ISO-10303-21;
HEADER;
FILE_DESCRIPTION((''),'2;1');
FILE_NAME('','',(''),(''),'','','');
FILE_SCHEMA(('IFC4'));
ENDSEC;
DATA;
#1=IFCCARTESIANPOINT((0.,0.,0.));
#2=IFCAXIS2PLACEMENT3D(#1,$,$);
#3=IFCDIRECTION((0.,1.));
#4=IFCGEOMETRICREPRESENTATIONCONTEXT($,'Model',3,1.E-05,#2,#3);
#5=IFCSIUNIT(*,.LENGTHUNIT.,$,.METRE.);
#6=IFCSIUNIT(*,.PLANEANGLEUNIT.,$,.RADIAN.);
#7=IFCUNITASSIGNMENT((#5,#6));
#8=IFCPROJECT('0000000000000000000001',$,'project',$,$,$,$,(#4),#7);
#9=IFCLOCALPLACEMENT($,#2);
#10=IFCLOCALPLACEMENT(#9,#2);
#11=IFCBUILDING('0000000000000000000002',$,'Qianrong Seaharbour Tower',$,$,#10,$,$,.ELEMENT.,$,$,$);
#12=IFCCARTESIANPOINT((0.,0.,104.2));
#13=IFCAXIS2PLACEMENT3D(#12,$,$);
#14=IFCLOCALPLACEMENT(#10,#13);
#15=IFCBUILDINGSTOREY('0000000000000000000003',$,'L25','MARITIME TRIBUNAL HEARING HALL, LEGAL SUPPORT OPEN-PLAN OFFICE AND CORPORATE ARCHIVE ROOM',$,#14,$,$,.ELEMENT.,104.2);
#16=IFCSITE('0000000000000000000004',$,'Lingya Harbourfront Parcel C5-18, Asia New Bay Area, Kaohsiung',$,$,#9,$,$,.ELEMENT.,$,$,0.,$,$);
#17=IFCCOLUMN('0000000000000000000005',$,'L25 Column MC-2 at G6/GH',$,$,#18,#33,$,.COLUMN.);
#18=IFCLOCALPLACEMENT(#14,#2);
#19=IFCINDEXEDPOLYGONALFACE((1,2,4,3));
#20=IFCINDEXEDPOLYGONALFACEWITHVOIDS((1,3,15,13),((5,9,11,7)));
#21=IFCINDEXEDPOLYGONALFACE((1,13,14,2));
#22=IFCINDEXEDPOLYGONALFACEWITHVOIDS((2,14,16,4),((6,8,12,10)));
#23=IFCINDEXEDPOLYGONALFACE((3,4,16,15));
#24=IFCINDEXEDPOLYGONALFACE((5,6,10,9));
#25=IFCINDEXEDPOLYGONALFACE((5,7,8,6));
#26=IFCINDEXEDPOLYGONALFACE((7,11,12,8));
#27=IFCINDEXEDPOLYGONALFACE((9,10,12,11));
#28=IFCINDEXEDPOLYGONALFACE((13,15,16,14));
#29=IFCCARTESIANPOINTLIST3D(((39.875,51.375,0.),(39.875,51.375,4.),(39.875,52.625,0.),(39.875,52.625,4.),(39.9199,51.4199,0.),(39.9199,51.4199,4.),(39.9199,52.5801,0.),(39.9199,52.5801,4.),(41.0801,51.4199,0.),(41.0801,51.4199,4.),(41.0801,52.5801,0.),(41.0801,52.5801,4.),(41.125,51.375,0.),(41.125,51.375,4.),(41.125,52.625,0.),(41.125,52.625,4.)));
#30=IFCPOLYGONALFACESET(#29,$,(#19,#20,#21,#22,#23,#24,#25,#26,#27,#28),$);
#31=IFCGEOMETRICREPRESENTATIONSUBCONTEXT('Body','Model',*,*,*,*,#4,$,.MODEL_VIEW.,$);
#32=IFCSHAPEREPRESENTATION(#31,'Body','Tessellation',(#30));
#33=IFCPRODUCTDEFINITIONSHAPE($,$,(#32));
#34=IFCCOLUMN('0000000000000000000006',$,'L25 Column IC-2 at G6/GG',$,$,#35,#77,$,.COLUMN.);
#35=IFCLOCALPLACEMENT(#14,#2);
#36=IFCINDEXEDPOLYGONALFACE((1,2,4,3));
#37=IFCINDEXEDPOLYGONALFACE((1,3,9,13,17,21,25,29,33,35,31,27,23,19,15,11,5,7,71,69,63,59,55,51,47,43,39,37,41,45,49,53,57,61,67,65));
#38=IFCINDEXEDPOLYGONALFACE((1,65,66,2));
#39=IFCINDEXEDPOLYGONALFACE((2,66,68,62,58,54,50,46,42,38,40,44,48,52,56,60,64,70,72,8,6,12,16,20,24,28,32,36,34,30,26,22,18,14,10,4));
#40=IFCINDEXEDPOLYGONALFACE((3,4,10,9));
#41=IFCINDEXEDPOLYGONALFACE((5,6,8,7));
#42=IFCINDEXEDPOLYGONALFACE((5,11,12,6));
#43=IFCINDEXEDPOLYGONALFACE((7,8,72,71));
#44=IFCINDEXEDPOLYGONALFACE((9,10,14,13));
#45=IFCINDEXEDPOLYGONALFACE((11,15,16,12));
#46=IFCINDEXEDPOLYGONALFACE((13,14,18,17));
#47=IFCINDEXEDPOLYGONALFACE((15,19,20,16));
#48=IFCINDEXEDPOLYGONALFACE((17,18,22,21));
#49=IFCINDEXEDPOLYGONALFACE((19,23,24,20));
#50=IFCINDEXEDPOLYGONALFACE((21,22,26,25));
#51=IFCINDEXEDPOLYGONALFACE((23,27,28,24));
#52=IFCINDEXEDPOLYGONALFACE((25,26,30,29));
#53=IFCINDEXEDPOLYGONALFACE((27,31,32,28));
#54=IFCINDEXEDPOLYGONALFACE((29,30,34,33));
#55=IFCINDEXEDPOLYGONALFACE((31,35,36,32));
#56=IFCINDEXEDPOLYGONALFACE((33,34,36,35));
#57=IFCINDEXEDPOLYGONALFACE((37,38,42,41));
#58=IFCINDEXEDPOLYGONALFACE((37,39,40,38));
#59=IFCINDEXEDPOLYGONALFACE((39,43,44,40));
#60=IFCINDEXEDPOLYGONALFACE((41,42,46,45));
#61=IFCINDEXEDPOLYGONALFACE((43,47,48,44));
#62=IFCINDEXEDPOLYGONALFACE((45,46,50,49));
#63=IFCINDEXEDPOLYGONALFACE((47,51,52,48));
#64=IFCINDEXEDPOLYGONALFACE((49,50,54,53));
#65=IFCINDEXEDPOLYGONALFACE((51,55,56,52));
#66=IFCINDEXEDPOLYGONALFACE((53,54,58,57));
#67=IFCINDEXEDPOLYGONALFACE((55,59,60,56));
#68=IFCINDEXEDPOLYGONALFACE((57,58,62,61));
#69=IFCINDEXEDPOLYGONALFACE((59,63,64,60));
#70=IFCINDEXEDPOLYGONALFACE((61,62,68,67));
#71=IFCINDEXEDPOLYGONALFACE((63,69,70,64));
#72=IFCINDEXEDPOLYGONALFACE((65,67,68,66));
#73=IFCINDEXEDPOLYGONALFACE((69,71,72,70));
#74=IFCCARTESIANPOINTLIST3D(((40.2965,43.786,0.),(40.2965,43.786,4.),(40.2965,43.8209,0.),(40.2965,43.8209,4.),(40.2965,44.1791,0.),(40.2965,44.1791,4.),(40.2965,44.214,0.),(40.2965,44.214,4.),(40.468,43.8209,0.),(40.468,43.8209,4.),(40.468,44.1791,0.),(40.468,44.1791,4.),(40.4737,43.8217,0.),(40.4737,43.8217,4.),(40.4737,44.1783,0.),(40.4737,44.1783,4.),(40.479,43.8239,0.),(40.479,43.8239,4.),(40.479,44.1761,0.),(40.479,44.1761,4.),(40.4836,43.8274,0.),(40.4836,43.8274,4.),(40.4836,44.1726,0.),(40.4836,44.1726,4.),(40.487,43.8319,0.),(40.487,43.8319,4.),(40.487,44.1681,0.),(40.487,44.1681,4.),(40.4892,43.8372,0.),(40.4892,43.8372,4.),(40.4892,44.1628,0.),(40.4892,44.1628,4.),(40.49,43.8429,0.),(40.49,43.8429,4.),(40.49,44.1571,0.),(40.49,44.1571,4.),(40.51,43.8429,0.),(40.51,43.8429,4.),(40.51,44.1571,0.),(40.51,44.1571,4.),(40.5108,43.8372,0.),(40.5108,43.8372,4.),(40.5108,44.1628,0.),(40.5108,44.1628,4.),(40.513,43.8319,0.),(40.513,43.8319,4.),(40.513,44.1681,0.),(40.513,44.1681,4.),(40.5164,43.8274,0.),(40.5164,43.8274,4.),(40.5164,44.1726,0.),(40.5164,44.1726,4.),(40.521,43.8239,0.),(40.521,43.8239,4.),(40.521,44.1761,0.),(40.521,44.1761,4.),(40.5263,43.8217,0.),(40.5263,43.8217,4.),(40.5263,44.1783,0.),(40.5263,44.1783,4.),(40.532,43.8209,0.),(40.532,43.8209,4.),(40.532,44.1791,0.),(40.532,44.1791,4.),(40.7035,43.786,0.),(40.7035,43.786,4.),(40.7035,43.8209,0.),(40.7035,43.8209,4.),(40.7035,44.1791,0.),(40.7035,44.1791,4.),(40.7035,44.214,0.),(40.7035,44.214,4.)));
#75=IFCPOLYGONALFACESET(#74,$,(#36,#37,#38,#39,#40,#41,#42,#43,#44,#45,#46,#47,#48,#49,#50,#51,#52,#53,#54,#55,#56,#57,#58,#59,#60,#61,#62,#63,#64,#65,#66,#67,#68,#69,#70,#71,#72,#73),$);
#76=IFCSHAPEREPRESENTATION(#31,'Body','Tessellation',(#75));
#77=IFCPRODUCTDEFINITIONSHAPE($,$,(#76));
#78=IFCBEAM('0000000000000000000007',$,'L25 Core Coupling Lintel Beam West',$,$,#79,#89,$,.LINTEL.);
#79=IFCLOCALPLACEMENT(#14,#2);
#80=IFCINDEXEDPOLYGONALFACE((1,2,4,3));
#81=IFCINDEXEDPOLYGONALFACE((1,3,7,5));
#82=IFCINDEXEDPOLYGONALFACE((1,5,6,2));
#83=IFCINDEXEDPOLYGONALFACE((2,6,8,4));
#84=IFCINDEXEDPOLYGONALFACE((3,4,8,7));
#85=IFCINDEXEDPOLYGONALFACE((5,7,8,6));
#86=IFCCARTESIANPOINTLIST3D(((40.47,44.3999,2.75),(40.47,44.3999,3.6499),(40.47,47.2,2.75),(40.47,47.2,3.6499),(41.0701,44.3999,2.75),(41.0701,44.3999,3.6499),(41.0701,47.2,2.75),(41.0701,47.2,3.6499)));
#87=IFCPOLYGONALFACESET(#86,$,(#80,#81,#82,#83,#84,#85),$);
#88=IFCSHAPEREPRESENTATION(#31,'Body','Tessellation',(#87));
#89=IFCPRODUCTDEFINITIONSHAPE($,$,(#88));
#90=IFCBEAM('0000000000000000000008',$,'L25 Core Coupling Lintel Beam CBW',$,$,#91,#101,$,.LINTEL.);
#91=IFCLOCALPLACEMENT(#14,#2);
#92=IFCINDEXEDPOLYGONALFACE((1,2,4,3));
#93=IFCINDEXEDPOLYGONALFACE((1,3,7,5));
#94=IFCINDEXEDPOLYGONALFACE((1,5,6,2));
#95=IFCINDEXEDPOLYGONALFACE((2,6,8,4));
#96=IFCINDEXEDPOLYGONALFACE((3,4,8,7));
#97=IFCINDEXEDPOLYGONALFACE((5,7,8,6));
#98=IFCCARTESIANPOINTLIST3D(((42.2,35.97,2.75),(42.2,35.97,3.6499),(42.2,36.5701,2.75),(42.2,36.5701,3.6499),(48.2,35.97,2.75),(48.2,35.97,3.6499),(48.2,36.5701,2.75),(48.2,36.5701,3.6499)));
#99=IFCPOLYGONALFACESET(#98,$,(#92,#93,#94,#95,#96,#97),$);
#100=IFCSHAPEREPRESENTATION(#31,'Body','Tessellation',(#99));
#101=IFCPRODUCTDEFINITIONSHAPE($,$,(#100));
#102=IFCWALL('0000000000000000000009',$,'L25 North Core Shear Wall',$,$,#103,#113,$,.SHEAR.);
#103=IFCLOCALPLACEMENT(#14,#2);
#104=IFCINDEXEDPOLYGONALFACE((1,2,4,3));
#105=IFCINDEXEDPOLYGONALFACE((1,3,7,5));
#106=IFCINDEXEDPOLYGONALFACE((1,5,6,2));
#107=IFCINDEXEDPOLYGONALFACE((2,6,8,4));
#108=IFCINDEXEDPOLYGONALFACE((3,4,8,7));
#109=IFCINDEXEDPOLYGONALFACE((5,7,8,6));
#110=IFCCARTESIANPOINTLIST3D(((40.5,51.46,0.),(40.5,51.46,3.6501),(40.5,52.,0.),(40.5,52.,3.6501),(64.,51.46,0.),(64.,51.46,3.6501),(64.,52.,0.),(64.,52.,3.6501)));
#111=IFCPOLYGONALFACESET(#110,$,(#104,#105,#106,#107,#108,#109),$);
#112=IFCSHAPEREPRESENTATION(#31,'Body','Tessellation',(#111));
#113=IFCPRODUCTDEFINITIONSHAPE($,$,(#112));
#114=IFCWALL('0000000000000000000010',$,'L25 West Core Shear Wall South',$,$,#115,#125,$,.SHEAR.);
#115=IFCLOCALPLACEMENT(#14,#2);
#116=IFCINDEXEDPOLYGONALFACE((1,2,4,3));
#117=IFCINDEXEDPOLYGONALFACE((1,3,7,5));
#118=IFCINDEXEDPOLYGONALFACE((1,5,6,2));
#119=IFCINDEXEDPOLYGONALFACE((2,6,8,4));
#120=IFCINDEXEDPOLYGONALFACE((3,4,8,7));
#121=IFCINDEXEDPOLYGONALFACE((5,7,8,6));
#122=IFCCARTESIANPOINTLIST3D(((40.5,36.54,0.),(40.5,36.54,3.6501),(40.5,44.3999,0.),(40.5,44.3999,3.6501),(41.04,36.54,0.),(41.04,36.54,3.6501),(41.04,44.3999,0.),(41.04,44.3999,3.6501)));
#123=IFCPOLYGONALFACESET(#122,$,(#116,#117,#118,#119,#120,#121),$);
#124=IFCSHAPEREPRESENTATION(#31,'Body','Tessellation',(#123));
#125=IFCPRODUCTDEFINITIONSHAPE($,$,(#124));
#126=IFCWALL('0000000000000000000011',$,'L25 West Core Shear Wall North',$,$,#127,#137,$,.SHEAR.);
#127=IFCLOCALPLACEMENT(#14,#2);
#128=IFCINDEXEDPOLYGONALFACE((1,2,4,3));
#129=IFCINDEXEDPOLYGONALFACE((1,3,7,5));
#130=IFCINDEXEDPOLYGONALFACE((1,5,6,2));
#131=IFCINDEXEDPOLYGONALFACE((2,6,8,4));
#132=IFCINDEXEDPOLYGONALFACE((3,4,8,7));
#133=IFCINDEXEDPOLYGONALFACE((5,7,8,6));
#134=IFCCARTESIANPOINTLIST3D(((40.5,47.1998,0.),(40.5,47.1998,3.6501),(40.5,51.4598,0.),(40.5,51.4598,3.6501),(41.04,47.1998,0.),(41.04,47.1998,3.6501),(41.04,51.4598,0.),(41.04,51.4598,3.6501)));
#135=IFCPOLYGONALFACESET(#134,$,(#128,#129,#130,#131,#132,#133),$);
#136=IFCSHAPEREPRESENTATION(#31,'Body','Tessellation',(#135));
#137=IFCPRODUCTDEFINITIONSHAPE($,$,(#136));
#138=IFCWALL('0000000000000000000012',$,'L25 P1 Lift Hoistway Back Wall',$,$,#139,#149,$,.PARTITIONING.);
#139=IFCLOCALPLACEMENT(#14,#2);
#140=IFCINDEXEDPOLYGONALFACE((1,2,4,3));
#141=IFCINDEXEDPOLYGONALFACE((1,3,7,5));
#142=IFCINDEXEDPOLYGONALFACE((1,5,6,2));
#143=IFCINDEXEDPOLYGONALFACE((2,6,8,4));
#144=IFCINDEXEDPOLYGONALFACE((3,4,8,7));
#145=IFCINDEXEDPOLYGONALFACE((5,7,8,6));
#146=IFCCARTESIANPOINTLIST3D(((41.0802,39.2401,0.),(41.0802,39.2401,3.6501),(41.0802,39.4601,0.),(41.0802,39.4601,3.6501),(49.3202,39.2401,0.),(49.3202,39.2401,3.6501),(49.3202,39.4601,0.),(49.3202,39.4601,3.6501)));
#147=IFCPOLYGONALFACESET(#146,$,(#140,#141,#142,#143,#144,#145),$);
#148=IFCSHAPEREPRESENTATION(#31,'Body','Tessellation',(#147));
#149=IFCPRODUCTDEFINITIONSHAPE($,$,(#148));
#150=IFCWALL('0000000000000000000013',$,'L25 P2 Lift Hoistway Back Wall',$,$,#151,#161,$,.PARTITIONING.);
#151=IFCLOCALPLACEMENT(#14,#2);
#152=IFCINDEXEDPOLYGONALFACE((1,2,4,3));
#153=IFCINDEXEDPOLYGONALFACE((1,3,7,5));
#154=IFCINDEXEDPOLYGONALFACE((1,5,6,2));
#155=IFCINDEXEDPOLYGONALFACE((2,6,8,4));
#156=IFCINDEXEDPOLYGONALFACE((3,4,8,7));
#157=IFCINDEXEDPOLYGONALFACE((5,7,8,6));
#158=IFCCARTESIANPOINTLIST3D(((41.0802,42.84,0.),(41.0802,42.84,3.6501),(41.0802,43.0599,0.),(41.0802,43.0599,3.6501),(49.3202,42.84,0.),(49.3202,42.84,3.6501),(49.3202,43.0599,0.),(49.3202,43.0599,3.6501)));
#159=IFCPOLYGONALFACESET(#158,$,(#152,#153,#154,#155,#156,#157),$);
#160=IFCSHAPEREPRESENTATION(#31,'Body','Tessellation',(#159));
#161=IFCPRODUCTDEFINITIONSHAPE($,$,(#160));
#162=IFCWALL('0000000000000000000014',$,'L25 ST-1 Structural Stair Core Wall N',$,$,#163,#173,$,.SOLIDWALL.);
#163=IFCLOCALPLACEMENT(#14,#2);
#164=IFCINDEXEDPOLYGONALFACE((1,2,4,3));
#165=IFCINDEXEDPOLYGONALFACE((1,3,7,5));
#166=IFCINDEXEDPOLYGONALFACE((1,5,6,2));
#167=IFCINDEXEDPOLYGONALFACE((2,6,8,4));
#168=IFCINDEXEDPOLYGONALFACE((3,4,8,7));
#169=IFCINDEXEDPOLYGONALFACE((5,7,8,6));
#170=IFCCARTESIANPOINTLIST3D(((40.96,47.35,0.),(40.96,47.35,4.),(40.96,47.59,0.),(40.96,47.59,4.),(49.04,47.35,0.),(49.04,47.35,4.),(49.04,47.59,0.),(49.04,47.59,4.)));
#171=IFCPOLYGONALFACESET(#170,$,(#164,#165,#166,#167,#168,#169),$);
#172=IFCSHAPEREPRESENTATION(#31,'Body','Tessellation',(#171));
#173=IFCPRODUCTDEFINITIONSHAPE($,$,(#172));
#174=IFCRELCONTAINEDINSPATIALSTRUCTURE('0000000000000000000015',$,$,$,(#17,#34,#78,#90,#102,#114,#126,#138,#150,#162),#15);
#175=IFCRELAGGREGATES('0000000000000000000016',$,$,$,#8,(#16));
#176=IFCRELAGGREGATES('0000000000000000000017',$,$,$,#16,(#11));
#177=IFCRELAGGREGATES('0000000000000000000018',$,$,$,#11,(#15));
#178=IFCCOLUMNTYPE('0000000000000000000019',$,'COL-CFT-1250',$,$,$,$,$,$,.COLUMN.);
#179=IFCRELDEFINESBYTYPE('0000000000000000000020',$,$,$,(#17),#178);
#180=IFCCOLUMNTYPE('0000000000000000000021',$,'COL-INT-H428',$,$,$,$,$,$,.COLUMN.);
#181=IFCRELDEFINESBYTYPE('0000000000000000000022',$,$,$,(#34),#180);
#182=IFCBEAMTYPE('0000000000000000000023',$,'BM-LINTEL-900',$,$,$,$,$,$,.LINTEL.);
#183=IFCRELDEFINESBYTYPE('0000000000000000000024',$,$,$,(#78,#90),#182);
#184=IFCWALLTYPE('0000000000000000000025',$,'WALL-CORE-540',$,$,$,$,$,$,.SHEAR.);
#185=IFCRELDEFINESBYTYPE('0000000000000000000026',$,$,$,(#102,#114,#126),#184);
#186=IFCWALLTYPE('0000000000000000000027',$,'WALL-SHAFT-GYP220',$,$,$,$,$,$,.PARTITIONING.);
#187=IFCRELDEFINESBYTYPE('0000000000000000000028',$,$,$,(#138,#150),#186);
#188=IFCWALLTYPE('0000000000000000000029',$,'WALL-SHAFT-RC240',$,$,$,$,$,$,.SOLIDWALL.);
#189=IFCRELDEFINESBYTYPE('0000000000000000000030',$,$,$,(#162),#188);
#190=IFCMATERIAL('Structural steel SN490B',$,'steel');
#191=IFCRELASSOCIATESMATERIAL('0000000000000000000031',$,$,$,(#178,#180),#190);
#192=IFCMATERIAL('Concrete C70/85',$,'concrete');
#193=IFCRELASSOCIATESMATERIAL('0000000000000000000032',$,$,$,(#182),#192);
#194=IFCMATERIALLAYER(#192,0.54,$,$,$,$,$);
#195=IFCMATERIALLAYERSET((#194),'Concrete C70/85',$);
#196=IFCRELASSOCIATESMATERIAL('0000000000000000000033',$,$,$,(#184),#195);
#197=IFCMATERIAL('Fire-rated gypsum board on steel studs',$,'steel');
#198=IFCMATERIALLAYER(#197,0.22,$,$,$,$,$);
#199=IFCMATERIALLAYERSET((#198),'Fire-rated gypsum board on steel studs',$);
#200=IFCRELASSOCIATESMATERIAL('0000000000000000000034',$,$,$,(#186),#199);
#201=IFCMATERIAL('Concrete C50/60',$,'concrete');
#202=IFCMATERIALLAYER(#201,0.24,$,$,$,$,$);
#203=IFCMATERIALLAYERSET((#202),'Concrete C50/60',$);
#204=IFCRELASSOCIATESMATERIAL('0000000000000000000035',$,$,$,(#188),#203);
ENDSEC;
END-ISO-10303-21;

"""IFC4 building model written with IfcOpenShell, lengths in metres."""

from ifc_helpers import new_model, si_unit, direction, frame, frame_2d, origin, origin_2d, place, context, subcontext, project, spatial, rectangle, hollow_rectangle, i_section, extrude, material, layer, layer_set, material_profile, profile_set, type_object, element, save


model = new_model("IFC4")

# Units and contexts
model_context = context("Model", 3, precision=1e-05, world=origin(), true_north=direction((0.0, 1.0)))
body_context = subcontext(model_context, "Body", "Model", "MODEL_VIEW")
ifc_project = project(units=[si_unit("LENGTHUNIT", "METRE"), si_unit("PLANEANGLEUNIT", "RADIAN")], contexts=[model_context])

# Site, building, storey
site_placement = place(None, origin())
site = spatial("IfcSite", under=ifc_project, at=site_placement, Name="Lingya Harbourfront Parcel C5-18, Asia New Bay Area, Kaohsiung", CompositionType="ELEMENT", RefElevation=0.0)
building_placement = place(site_placement, origin())
building = spatial("IfcBuilding", under=site, at=building_placement, Name="Qianrong Seaharbour Tower", CompositionType="ELEMENT")
storey_placement = place(building_placement, frame((0.0, 0.0, 104.2)))
storey = spatial("IfcBuildingStorey", under=building, at=storey_placement, Name="L25", Description="MARITIME TRIBUNAL HEARING HALL, LEGAL SUPPORT OPEN-PLAN OFFICE AND CORPORATE ARCHIVE ROOM", CompositionType="ELEMENT", Elevation=104.2)

# Columns
ifc_material_1 = material(Name="Structural steel SN490B", Category="steel")
ifc_material_profile_1 = material_profile(ifc_material_1, hollow_rectangle(XDim=1.25, YDim=1.25, WallThickness=0.0449, at=origin_2d()), Name="BOX1250x1250x45")
ifc_profile_set_1 = profile_set([ifc_material_profile_1], Name="Structural steel SN490B")
column_type_1 = type_object("IfcColumnType", Name="COL-CFT-1250", PredefinedType="COLUMN", material=ifc_profile_set_1)
column_1_placement = place(storey_placement, frame((40.5, 52.0, 0.0), z_axis=(0.0, 0.0, 1.0), x_axis=(1.0, 0.0, 0.0)))
element("IfcColumn", 1, at=column_1_placement, inside=storey, type_object=column_type_1, Name="L25 Column MC-2 at G6/GH", PredefinedType="COLUMN", context=body_context, shape_type="SweptSolid", body=[
    extrude(hollow_rectangle(XDim=1.25, YDim=1.25, WallThickness=0.0449, at=origin_2d()), origin(), (0.0, 0.0, 1.0), 4.0),
])
ifc_material_profile_2 = material_profile(ifc_material_1, i_section(OverallWidth=0.407, OverallDepth=0.428, WebThickness=0.02, FlangeThickness=0.0349, FilletRadius=0.022, at=origin_2d()), Name="H428x407x20x35")
ifc_profile_set_2 = profile_set([ifc_material_profile_2], Name="Structural steel SN490B")
column_type_2 = type_object("IfcColumnType", Name="COL-INT-H428", PredefinedType="COLUMN", material=ifc_profile_set_2)
column_2_placement = place(storey_placement, frame((40.5, 44.0, 0.0), z_axis=(0.0, 0.0, 1.0), x_axis=(1.0, 0.0, 0.0)))
element("IfcColumn", 2, at=column_2_placement, inside=storey, type_object=column_type_2, Name="L25 Column IC-2 at G6/GG", PredefinedType="COLUMN", context=body_context, shape_type="SweptSolid", body=[
    extrude(i_section(OverallWidth=0.407, OverallDepth=0.428, WebThickness=0.02, FlangeThickness=0.0349, FilletRadius=0.022, at=origin_2d()), origin(), (0.0, 0.0, 1.0), 4.0),
])

# Beams
ifc_material_2 = material(Name="Concrete C70/85", Category="concrete")
ifc_material_profile_3 = material_profile(ifc_material_2, rectangle(XDim=0.6001, YDim=0.8999, at=origin_2d()), Name="RC600x900")
ifc_profile_set_3 = profile_set([ifc_material_profile_3], Name="Concrete C70/85")
beam_type = type_object("IfcBeamType", Name="BM-LINTEL-900", PredefinedType="LINTEL", material=ifc_profile_set_3)
beam_1_placement = place(storey_placement, frame((40.77, 44.3999, 3.2), z_axis=(0.0, 1.0, 0.0), x_axis=(-1.0, 0.0, 0.0)))
element("IfcBeam", 3, at=beam_1_placement, inside=storey, type_object=beam_type, Name="L25 Core Coupling Lintel Beam West", PredefinedType="LINTEL", context=body_context, shape_type="SweptSolid", body=[
    extrude(rectangle(XDim=0.6001, YDim=0.8999, at=origin_2d()), origin(), (0.0, 0.0, 1.0), 2.8),
])
beam_2_placement = place(storey_placement, frame((42.2, 36.27, 3.2), z_axis=(1.0, 0.0, 0.0), x_axis=(0.0, 1.0, 0.0)))
element("IfcBeam", 4, at=beam_2_placement, inside=storey, type_object=beam_type, Name="L25 Core Coupling Lintel Beam CBW", PredefinedType="LINTEL", context=body_context, shape_type="SweptSolid", body=[
    extrude(rectangle(XDim=0.6001, YDim=0.8999, at=origin_2d()), origin(), (0.0, 0.0, 1.0), 6.0),
])

# Walls
ifc_layer_1 = layer(ifc_material_2, 0.54)
ifc_layer_set_1 = layer_set([ifc_layer_1], Name="Concrete C70/85")
wall_type_1 = type_object("IfcWallType", Name="WALL-CORE-540", PredefinedType="SHEAR", material=ifc_layer_set_1)
wall_1_placement = place(storey_placement, frame((40.5, 51.73, 0.0), z_axis=(0.0, 0.0, 1.0), x_axis=(1.0, 0.0, 0.0)))
element("IfcWall", 5, at=wall_1_placement, inside=storey, type_object=wall_type_1, Name="L25 North Core Shear Wall", PredefinedType="SHEAR", context=body_context, shape_type="SweptSolid", body=[
    extrude(rectangle(XDim=23.5, YDim=0.54, at=frame_2d((11.75, 0.0))), origin(), (0.0, 0.0, 1.0), 3.6501),
])
wall_2_placement = place(storey_placement, frame((40.77, 36.54, 0.0), z_axis=(0.0, 0.0, 1.0), x_axis=(0.0, 1.0, 0.0)))
element("IfcWall", 6, at=wall_2_placement, inside=storey, type_object=wall_type_1, Name="L25 West Core Shear Wall South", PredefinedType="SHEAR", context=body_context, shape_type="SweptSolid", body=[
    extrude(rectangle(XDim=7.8599, YDim=0.54, at=frame_2d((3.9299, 0.0))), origin(), (0.0, 0.0, 1.0), 3.6501),
])
wall_3_placement = place(storey_placement, frame((40.77, 47.2, 0.0), z_axis=(0.0, 0.0, 1.0), x_axis=(0.0, 1.0, 0.0)))
element("IfcWall", 7, at=wall_3_placement, inside=storey, type_object=wall_type_1, Name="L25 West Core Shear Wall North", PredefinedType="SHEAR", context=body_context, shape_type="SweptSolid", body=[
    extrude(rectangle(XDim=4.26, YDim=0.54, at=frame_2d((2.1299, 0.0))), origin(), (0.0, 0.0, 1.0), 3.6501),
])

# Walls
ifc_material_3 = material(Name="Fire-rated gypsum board on steel studs", Category="steel")
ifc_layer_2 = layer(ifc_material_3, 0.22)
ifc_layer_set_2 = layer_set([ifc_layer_2], Name="Fire-rated gypsum board on steel studs")
wall_type_2 = type_object("IfcWallType", Name="WALL-SHAFT-GYP220", PredefinedType="PARTITIONING", material=ifc_layer_set_2)
for number, where, z_axis, x_axis, name in (
    (8, (41.0801, 39.3501, 0.0), (0.0, 0.0, 1.0), (1.0, 0.0, 0.0), "L25 P1 Lift Hoistway Back Wall"),
    (9, (41.0801, 42.95, 0.0), (0.0, 0.0, 1.0), (1.0, 0.0, 0.0), "L25 P2 Lift Hoistway Back Wall"),
):
    element("IfcWall", number, at=place(storey_placement, frame(where, z_axis=z_axis, x_axis=x_axis)), inside=storey, type_object=wall_type_2, Name=name, PredefinedType="PARTITIONING", context=body_context, shape_type="SweptSolid", body=[
        extrude(rectangle(XDim=8.24, YDim=0.22, at=frame_2d((4.1201, 0.0))), origin(), (0.0, 0.0, 1.0), 3.6501),
    ])
ifc_material_4 = material(Name="Concrete C50/60", Category="concrete")
ifc_layer_3 = layer(ifc_material_4, 0.24)
ifc_layer_set_3 = layer_set([ifc_layer_3], Name="Concrete C50/60")
wall_type_3 = type_object("IfcWallType", Name="WALL-SHAFT-RC240", PredefinedType="SOLIDWALL", material=ifc_layer_set_3)
wall_4_placement = place(storey_placement, frame((40.96, 47.47, 0.0), z_axis=(0.0, 0.0, 1.0), x_axis=(1.0, 0.0, 0.0)))
element("IfcWall", 10, at=wall_4_placement, inside=storey, type_object=wall_type_3, Name="L25 ST-1 Structural Stair Core Wall N", PredefinedType="SOLIDWALL", context=body_context, shape_type="SweptSolid", body=[
    extrude(rectangle(XDim=8.0801, YDim=0.24, at=frame_2d((4.04, 0.0))), origin(), (0.0, 0.0, 1.0), 4.0),
])

save(model, "model.ifc")
